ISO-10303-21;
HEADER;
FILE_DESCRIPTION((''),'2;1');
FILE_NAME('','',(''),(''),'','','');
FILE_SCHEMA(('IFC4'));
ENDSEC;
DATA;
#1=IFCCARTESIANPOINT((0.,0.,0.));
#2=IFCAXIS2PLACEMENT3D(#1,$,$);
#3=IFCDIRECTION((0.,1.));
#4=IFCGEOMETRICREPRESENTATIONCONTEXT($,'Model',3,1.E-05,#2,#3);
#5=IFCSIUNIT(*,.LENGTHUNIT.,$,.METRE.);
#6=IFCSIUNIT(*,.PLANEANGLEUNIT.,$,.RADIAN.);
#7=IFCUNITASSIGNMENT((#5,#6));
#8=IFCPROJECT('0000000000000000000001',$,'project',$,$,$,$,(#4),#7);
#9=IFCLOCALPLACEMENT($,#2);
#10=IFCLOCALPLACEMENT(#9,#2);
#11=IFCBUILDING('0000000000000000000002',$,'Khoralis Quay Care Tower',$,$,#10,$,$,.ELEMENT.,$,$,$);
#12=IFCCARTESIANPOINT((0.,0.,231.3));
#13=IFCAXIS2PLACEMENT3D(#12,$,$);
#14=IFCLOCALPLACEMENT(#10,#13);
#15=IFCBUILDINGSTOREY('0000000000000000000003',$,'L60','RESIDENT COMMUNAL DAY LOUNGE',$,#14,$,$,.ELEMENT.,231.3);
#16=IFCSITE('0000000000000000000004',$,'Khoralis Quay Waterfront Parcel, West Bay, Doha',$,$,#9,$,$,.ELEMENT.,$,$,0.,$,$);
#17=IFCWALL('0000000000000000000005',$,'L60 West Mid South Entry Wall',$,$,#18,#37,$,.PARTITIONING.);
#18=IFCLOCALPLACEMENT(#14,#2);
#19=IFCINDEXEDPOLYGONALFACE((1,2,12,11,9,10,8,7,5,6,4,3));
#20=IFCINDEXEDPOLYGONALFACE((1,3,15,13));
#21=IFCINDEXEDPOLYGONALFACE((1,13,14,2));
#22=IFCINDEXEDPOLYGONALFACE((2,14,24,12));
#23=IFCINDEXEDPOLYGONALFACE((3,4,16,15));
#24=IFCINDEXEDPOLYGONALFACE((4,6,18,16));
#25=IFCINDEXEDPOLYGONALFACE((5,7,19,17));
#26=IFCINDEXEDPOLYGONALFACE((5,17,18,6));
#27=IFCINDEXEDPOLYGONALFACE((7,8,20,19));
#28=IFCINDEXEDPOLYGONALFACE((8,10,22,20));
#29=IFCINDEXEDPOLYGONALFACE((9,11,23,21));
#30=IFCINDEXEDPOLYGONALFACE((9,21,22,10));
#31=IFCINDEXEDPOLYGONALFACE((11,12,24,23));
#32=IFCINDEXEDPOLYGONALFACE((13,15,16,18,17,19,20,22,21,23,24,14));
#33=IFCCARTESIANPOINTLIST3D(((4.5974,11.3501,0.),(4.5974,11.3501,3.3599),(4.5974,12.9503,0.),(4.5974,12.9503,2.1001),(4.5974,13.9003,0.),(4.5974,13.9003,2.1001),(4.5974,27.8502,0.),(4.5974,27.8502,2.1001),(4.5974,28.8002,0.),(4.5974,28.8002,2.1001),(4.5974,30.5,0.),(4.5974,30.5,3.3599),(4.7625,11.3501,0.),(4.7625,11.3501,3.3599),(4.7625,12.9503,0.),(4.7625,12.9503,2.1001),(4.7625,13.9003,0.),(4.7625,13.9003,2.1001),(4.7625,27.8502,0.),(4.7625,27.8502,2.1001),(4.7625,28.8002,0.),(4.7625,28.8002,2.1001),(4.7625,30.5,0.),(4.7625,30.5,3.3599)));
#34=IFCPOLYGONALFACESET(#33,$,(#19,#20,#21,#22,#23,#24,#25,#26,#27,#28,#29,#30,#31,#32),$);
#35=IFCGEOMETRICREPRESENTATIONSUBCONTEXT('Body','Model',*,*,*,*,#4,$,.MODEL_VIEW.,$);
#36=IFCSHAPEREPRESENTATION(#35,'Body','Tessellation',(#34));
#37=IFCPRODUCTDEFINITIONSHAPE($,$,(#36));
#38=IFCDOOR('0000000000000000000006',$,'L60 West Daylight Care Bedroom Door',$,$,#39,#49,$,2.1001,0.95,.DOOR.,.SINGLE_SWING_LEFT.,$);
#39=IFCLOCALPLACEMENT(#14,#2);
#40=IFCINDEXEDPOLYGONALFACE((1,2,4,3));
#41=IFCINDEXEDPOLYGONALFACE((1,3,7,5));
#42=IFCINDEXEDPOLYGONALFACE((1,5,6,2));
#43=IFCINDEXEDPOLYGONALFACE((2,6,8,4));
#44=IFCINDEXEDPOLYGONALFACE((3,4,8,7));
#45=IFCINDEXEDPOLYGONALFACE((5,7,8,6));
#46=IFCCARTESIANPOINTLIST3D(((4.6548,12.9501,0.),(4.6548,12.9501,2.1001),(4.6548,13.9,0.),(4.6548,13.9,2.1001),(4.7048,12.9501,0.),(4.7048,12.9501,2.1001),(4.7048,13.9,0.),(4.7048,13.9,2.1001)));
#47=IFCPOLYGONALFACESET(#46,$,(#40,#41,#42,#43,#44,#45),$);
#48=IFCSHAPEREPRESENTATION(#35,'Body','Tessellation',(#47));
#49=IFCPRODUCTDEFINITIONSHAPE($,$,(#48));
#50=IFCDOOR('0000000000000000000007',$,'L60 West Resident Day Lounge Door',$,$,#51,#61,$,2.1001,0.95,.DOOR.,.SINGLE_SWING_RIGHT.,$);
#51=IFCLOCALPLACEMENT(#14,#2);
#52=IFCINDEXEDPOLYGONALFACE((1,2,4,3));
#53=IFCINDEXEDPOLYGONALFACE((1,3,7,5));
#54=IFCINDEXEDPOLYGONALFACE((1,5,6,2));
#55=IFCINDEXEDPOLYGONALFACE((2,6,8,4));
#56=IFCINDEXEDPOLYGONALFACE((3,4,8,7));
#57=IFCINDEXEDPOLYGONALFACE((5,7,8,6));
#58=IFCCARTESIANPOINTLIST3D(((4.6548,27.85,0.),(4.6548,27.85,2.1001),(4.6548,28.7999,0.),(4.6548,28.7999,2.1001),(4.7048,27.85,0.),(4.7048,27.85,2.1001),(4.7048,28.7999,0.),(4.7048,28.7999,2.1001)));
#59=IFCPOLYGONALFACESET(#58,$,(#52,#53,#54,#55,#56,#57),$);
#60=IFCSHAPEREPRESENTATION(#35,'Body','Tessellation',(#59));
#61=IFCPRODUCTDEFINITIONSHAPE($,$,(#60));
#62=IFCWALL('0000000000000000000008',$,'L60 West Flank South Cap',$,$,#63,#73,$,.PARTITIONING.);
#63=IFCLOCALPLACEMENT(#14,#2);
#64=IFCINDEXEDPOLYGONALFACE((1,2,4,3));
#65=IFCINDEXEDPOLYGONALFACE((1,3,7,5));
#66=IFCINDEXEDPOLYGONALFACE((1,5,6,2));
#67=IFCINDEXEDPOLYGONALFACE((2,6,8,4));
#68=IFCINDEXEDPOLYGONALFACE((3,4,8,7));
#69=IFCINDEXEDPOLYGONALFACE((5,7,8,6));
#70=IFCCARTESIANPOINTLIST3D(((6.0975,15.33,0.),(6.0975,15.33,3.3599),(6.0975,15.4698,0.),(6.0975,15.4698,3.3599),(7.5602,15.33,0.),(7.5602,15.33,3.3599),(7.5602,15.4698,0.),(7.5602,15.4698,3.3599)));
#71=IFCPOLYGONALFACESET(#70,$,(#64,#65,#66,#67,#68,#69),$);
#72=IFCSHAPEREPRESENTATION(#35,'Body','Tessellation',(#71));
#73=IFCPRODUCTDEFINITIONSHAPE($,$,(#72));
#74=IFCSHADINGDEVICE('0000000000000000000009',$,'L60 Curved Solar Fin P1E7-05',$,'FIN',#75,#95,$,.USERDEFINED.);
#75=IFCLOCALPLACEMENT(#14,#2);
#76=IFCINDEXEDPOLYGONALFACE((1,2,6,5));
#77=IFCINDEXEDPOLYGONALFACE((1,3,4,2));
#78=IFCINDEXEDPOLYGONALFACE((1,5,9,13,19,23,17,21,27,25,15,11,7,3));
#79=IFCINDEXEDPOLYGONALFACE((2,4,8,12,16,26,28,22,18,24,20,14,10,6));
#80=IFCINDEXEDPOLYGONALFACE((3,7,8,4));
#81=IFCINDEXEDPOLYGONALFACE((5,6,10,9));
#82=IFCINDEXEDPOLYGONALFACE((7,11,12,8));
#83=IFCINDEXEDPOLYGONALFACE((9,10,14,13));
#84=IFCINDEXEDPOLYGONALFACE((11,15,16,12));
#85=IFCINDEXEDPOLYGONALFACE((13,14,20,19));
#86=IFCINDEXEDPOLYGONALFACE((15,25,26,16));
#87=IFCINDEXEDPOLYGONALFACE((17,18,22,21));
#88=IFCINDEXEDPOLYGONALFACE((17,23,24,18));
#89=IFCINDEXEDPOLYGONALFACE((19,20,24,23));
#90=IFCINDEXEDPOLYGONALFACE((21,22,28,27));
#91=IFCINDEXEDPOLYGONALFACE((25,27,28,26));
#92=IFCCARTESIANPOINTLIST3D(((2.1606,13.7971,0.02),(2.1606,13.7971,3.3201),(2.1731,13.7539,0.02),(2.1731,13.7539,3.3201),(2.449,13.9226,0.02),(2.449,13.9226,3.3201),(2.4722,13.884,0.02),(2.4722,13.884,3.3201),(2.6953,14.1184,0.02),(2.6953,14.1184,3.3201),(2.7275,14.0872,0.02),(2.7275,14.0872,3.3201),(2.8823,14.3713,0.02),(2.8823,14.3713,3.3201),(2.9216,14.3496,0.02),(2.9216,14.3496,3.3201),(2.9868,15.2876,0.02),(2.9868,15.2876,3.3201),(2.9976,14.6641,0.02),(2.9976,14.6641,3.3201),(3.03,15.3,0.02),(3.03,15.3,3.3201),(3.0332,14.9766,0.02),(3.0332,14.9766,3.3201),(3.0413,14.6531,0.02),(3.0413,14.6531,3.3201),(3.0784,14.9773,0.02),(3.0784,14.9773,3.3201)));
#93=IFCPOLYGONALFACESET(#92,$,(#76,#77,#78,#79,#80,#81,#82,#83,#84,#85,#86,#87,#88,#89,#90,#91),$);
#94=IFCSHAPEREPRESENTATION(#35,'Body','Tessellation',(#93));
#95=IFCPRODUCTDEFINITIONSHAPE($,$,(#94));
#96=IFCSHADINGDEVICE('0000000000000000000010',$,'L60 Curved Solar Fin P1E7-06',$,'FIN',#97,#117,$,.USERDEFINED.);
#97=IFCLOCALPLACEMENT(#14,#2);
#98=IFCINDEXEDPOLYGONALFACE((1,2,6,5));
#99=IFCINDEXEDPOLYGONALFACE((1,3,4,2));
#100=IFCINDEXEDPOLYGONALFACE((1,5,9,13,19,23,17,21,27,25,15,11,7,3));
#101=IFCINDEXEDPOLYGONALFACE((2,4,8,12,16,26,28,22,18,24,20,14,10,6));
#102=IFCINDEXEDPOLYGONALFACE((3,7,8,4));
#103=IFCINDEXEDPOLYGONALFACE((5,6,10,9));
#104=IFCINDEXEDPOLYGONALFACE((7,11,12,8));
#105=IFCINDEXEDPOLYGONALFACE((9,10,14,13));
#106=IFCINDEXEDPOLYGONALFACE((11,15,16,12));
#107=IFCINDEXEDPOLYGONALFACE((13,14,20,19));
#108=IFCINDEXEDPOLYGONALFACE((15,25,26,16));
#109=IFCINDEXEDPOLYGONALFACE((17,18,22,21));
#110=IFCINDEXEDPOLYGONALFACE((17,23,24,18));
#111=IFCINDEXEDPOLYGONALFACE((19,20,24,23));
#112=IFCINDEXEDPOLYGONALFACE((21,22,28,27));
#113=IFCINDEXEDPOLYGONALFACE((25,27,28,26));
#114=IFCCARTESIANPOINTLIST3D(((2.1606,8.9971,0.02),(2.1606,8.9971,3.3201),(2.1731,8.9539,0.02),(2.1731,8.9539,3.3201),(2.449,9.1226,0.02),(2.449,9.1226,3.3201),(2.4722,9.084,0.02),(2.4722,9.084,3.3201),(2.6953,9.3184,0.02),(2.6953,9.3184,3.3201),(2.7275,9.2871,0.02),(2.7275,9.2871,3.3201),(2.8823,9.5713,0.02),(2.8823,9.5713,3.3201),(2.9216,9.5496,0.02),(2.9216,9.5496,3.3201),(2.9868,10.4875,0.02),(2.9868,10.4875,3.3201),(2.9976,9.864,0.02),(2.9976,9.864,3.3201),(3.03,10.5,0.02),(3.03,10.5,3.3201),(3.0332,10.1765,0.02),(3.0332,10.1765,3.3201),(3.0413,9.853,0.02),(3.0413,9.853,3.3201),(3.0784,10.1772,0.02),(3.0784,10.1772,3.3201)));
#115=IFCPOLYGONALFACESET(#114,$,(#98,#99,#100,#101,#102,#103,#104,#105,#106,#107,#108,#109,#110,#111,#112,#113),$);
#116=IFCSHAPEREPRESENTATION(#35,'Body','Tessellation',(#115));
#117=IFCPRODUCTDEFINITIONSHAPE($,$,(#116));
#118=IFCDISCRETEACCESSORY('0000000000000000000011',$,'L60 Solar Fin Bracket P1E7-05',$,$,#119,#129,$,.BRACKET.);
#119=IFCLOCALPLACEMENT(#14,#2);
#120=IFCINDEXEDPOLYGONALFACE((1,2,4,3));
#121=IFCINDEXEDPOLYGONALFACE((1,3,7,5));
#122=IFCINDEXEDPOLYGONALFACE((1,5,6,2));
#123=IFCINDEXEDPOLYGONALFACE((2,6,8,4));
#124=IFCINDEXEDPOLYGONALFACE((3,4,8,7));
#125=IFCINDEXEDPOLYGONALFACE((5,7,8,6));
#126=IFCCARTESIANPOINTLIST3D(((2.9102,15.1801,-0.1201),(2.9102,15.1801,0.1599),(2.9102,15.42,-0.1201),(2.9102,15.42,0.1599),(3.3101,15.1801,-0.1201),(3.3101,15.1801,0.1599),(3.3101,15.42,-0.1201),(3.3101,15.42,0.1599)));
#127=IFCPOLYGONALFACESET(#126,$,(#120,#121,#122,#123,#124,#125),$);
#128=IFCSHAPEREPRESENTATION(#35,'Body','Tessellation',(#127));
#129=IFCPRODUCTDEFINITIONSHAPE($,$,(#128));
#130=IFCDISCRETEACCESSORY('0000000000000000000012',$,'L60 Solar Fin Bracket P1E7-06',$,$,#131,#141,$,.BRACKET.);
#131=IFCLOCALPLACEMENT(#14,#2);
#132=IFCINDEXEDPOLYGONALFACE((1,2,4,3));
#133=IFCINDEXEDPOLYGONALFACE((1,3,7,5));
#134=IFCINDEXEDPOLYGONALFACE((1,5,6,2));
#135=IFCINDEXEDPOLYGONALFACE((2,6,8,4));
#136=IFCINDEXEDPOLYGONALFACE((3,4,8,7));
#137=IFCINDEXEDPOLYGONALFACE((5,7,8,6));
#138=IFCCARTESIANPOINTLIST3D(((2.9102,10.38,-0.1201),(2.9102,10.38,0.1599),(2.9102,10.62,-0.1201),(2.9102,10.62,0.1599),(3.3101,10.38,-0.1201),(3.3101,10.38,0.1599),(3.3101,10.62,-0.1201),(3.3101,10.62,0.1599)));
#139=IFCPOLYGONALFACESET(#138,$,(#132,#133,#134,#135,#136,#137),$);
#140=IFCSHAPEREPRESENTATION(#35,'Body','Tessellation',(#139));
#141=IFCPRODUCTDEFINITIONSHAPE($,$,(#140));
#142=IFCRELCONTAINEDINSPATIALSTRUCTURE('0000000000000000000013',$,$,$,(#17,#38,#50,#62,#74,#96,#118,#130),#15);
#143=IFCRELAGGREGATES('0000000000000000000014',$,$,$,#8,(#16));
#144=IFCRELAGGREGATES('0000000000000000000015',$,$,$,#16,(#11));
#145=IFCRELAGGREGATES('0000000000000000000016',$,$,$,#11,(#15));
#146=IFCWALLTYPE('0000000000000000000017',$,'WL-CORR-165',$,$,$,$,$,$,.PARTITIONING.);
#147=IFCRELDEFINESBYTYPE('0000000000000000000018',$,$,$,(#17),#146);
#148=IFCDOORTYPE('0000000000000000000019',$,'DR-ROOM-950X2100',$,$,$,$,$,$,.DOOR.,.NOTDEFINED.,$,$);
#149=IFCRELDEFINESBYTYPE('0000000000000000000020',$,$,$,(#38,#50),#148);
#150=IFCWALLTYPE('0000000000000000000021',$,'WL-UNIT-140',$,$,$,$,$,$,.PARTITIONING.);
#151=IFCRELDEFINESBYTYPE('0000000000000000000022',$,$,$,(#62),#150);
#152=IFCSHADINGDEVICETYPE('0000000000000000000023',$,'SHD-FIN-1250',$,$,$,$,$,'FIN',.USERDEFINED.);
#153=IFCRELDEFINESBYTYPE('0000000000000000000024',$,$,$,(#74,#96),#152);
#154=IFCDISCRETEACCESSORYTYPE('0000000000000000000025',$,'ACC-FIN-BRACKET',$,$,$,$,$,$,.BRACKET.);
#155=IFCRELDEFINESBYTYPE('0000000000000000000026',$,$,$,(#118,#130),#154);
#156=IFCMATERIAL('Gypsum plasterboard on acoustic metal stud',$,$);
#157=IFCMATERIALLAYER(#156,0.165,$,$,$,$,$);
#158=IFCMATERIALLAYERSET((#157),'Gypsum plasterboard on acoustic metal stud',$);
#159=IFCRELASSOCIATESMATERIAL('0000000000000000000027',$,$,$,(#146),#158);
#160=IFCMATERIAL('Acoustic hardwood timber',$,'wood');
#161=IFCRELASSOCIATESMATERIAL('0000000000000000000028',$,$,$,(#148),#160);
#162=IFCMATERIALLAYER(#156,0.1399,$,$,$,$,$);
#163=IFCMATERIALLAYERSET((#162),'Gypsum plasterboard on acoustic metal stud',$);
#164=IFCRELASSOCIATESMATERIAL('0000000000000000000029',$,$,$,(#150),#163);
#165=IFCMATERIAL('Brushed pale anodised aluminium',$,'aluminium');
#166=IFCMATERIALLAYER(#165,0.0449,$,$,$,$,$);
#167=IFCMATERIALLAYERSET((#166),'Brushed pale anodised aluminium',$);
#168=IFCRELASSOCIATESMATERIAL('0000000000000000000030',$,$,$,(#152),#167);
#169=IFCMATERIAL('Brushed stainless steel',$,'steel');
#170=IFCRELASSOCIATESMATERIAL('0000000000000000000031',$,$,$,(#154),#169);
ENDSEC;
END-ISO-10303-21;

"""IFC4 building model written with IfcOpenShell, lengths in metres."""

from ifc_helpers import new_model, si_unit, direction, frame, frame_2d, origin, origin_2d, place, context, subcontext, project, spatial, polyline, rectangle, outline, extrude, source, transform, mapped, material, layer, layer_set, type_object, element, fill, save


model = new_model("IFC4")

# Units and contexts
model_context = context("Model", 3, precision=1e-05, world=origin(), true_north=direction((0.0, 1.0)))
body_context = subcontext(model_context, "Body", "Model", "MODEL_VIEW")
ifc_project = project(units=[si_unit("LENGTHUNIT", "METRE"), si_unit("PLANEANGLEUNIT", "RADIAN")], contexts=[model_context])

# Site, building, storey
site_placement = place(None, origin())
site = spatial("IfcSite", under=ifc_project, at=site_placement, Name="Khoralis Quay Waterfront Parcel, West Bay, Doha", CompositionType="ELEMENT", RefElevation=0.0)
building_placement = place(site_placement, origin())
building = spatial("IfcBuilding", under=site, at=building_placement, Name="Khoralis Quay Care Tower", CompositionType="ELEMENT")
storey_placement = place(building_placement, frame((0.0, 0.0, 231.3)))
storey = spatial("IfcBuildingStorey", under=building, at=storey_placement, Name="L60", Description="RESIDENT COMMUNAL DAY LOUNGE", CompositionType="ELEMENT", Elevation=231.3)

# Wall, openings, doors
ifc_material_1 = material(Name="Gypsum plasterboard on acoustic metal stud")
ifc_layer_1 = layer(ifc_material_1, 0.165)
ifc_layer_set_1 = layer_set([ifc_layer_1], Name="Gypsum plasterboard on acoustic metal stud")
wall_type_1 = type_object("IfcWallType", Name="WL-CORR-165", PredefinedType="PARTITIONING", material=ifc_layer_set_1)
ifc_material_2 = material(Name="Acoustic hardwood timber", Category="wood")
door_type_1 = type_object("IfcDoorType", Name="DR-ROOM-950X2100", OperationType="NOTDEFINED", PredefinedType="DOOR", material=ifc_material_2)
shared_shape_1 = source(origin(), body_context, "Body", "SweptSolid", [
    extrude(rectangle(XDim=0.95, YDim=2.1001, at=frame_2d((0.4751, 1.05))), frame((0.0, 0.0249, 0.0), z_axis=(0.0, -1.0, 0.0), x_axis=(1.0, 0.0, 0.0)), (0.0, 0.0, 1.0), 0.05),
])
wall_1_placement = place(storey_placement, frame((4.6799, 11.3501, 0.0), z_axis=(0.0, 0.0, 1.0), x_axis=(0.0, 1.0, 0.0)))
wall_1 = element("IfcWall", 1, at=wall_1_placement, inside=storey, type_object=wall_type_1, Name="L60 West Mid South Entry Wall", PredefinedType="PARTITIONING", context=body_context, shape_type="SweptSolid", body=[
    extrude(rectangle(XDim=19.1499, YDim=0.165, at=frame_2d((9.575, 0.0))), origin(), (0.0, 0.0, 1.0), 3.3599),
])
opening_1_placement = place(wall_1_placement, frame((1.6001, 0.0, 0.0)))
opening_1 = element("IfcOpeningElement", 2, at=opening_1_placement, cuts=wall_1, PredefinedType="OPENING", context=body_context, shape_type="SweptSolid", body=[
    extrude(rectangle(XDim=0.95, YDim=2.1001, at=frame_2d((0.4751, 1.05))), frame((0.0, 0.0925, 0.0), z_axis=(0.0, -1.0, 0.0), x_axis=(1.0, 0.0, 0.0)), (0.0, 0.0, 1.0), 0.1851),
])
opening_2_placement = place(wall_1_placement, frame((16.5, 0.0, 0.0)))
opening_2 = element("IfcOpeningElement", 3, at=opening_2_placement, cuts=wall_1, PredefinedType="OPENING", context=body_context, shape_type="SweptSolid", body=[
    extrude(rectangle(XDim=0.95, YDim=2.1001, at=frame_2d((0.4751, 1.05))), frame((0.0, 0.0925, 0.0), z_axis=(0.0, -1.0, 0.0), x_axis=(1.0, 0.0, 0.0)), (0.0, 0.0, 1.0), 0.1851),
])
door_1_placement = place(opening_1_placement, frame((0.95, 0.0, 0.0), z_axis=(0.0, 0.0, 1.0), x_axis=(-1.0, 0.0, 0.0)))
door_1 = element("IfcDoor", 4, at=door_1_placement, inside=storey, type_object=door_type_1, Name="L60 West Daylight Care Bedroom Door", OperationType="SINGLE_SWING_LEFT", OverallHeight=2.1001, OverallWidth=0.95, PredefinedType="DOOR", context=body_context, shape_type="MappedRepresentation", body=[
    mapped(shared_shape_1, transform((0.0, 0.0, 0.0), scale=1.0)),
])
fill(opening_1, door_1)
door_2_placement = place(opening_2_placement, frame((0.95, 0.0, 0.0), z_axis=(0.0, 0.0, 1.0), x_axis=(-1.0, 0.0, 0.0)))
door_2 = element("IfcDoor", 5, at=door_2_placement, inside=storey, type_object=door_type_1, Name="L60 West Resident Day Lounge Door", OperationType="SINGLE_SWING_RIGHT", OverallHeight=2.1001, OverallWidth=0.95, PredefinedType="DOOR", context=body_context, shape_type="MappedRepresentation", body=[
    mapped(shared_shape_1, transform((0.0, 0.0, 0.0), scale=1.0)),
])
fill(opening_2, door_2)

# Wall
ifc_layer_2 = layer(ifc_material_1, 0.1399)
ifc_layer_set_2 = layer_set([ifc_layer_2], Name="Gypsum plasterboard on acoustic metal stud")
wall_type_2 = type_object("IfcWallType", Name="WL-UNIT-140", PredefinedType="PARTITIONING", material=ifc_layer_set_2)
wall_2_placement = place(storey_placement, frame((6.0974, 15.3999, 0.0), z_axis=(0.0, 0.0, 1.0), x_axis=(1.0, 0.0, 0.0)))
element("IfcWall", 6, at=wall_2_placement, inside=storey, type_object=wall_type_2, Name="L60 West Flank South Cap", PredefinedType="PARTITIONING", context=body_context, shape_type="SweptSolid", body=[
    extrude(rectangle(XDim=1.4626, YDim=0.1399, at=frame_2d((0.7314, 0.0))), origin(), (0.0, 0.0, 1.0), 3.3599),
])

# Shading devices
ifc_material_3 = material(Name="Brushed pale anodised aluminium", Category="aluminium")
ifc_layer_3 = layer(ifc_material_3, 0.0449)
ifc_layer_set_3 = layer_set([ifc_layer_3], Name="Brushed pale anodised aluminium")
shading_device_type = type_object("IfcShadingDeviceType", Name="SHD-FIN-1250", ElementType="FIN", PredefinedType="USERDEFINED", material=ifc_layer_set_3)
shared_shape_2 = source(origin(), body_context, "Body", "SweptSolid", [
    extrude(outline(polyline([(0.0, 0.0), (-0.0483, 0.3228), (-0.0112, 0.647), (0.1084, 0.9504), (0.3025, 1.2129), (0.5579, 1.416), (0.8569, 1.5461), (0.8694, 1.5029), (0.5811, 1.3774), (0.3347, 1.1816), (0.1477, 0.9287), (0.0325, 0.636), (-0.0032, 0.3235), (0.0432, 0.0125), (0.0, 0.0)])), origin(), (0.0, 0.0, 1.0), 3.3),
])
for number, where, z_axis, x_axis, name in (
    (7, (3.03, 15.3, 0.02), (0.0, 0.0, 1.0), (-1.0, 0.0, 0.0), "L60 Curved Solar Fin P1E7-05"),
    (8, (3.03, 10.5, 0.02), (0.0, 0.0, 1.0), (-1.0, 0.0, 0.0), "L60 Curved Solar Fin P1E7-06"),
):
    element("IfcShadingDevice", number, at=place(storey_placement, frame(where, z_axis=z_axis, x_axis=x_axis)), inside=storey, type_object=shading_device_type, Name=name, ObjectType="FIN", PredefinedType="USERDEFINED", context=body_context, shape_type="MappedRepresentation", body=[
        mapped(shared_shape_2, transform((0.0, 0.0, 0.0), scale=1.0)),
    ])

# Discrete accessories
ifc_material_4 = material(Name="Brushed stainless steel", Category="steel")
discrete_accessory_type = type_object("IfcDiscreteAccessoryType", Name="ACC-FIN-BRACKET", PredefinedType="BRACKET", material=ifc_material_4)
shared_shape_3 = source(origin(), body_context, "Body", "SweptSolid", [
    extrude(rectangle(XDim=0.3999, YDim=0.24, at=origin_2d()), origin(), (0.0, 0.0, 1.0), 0.28),
])
for number, where, z_axis, x_axis, name in (
    (9, (3.1101, 15.3, -0.1201), (0.0, 0.0, 1.0), (-1.0, 0.0, 0.0), "L60 Solar Fin Bracket P1E7-05"),
    (10, (3.1101, 10.5, -0.1201), (0.0, 0.0, 1.0), (-1.0, 0.0, 0.0), "L60 Solar Fin Bracket P1E7-06"),
):
    element("IfcDiscreteAccessory", number, at=place(storey_placement, frame(where, z_axis=z_axis, x_axis=x_axis)), inside=storey, type_object=discrete_accessory_type, Name=name, PredefinedType="BRACKET", context=body_context, shape_type="MappedRepresentation", body=[
        mapped(shared_shape_3, transform((0.0, 0.0, 0.0), scale=1.0)),
    ])

save(model, "model.ifc")
